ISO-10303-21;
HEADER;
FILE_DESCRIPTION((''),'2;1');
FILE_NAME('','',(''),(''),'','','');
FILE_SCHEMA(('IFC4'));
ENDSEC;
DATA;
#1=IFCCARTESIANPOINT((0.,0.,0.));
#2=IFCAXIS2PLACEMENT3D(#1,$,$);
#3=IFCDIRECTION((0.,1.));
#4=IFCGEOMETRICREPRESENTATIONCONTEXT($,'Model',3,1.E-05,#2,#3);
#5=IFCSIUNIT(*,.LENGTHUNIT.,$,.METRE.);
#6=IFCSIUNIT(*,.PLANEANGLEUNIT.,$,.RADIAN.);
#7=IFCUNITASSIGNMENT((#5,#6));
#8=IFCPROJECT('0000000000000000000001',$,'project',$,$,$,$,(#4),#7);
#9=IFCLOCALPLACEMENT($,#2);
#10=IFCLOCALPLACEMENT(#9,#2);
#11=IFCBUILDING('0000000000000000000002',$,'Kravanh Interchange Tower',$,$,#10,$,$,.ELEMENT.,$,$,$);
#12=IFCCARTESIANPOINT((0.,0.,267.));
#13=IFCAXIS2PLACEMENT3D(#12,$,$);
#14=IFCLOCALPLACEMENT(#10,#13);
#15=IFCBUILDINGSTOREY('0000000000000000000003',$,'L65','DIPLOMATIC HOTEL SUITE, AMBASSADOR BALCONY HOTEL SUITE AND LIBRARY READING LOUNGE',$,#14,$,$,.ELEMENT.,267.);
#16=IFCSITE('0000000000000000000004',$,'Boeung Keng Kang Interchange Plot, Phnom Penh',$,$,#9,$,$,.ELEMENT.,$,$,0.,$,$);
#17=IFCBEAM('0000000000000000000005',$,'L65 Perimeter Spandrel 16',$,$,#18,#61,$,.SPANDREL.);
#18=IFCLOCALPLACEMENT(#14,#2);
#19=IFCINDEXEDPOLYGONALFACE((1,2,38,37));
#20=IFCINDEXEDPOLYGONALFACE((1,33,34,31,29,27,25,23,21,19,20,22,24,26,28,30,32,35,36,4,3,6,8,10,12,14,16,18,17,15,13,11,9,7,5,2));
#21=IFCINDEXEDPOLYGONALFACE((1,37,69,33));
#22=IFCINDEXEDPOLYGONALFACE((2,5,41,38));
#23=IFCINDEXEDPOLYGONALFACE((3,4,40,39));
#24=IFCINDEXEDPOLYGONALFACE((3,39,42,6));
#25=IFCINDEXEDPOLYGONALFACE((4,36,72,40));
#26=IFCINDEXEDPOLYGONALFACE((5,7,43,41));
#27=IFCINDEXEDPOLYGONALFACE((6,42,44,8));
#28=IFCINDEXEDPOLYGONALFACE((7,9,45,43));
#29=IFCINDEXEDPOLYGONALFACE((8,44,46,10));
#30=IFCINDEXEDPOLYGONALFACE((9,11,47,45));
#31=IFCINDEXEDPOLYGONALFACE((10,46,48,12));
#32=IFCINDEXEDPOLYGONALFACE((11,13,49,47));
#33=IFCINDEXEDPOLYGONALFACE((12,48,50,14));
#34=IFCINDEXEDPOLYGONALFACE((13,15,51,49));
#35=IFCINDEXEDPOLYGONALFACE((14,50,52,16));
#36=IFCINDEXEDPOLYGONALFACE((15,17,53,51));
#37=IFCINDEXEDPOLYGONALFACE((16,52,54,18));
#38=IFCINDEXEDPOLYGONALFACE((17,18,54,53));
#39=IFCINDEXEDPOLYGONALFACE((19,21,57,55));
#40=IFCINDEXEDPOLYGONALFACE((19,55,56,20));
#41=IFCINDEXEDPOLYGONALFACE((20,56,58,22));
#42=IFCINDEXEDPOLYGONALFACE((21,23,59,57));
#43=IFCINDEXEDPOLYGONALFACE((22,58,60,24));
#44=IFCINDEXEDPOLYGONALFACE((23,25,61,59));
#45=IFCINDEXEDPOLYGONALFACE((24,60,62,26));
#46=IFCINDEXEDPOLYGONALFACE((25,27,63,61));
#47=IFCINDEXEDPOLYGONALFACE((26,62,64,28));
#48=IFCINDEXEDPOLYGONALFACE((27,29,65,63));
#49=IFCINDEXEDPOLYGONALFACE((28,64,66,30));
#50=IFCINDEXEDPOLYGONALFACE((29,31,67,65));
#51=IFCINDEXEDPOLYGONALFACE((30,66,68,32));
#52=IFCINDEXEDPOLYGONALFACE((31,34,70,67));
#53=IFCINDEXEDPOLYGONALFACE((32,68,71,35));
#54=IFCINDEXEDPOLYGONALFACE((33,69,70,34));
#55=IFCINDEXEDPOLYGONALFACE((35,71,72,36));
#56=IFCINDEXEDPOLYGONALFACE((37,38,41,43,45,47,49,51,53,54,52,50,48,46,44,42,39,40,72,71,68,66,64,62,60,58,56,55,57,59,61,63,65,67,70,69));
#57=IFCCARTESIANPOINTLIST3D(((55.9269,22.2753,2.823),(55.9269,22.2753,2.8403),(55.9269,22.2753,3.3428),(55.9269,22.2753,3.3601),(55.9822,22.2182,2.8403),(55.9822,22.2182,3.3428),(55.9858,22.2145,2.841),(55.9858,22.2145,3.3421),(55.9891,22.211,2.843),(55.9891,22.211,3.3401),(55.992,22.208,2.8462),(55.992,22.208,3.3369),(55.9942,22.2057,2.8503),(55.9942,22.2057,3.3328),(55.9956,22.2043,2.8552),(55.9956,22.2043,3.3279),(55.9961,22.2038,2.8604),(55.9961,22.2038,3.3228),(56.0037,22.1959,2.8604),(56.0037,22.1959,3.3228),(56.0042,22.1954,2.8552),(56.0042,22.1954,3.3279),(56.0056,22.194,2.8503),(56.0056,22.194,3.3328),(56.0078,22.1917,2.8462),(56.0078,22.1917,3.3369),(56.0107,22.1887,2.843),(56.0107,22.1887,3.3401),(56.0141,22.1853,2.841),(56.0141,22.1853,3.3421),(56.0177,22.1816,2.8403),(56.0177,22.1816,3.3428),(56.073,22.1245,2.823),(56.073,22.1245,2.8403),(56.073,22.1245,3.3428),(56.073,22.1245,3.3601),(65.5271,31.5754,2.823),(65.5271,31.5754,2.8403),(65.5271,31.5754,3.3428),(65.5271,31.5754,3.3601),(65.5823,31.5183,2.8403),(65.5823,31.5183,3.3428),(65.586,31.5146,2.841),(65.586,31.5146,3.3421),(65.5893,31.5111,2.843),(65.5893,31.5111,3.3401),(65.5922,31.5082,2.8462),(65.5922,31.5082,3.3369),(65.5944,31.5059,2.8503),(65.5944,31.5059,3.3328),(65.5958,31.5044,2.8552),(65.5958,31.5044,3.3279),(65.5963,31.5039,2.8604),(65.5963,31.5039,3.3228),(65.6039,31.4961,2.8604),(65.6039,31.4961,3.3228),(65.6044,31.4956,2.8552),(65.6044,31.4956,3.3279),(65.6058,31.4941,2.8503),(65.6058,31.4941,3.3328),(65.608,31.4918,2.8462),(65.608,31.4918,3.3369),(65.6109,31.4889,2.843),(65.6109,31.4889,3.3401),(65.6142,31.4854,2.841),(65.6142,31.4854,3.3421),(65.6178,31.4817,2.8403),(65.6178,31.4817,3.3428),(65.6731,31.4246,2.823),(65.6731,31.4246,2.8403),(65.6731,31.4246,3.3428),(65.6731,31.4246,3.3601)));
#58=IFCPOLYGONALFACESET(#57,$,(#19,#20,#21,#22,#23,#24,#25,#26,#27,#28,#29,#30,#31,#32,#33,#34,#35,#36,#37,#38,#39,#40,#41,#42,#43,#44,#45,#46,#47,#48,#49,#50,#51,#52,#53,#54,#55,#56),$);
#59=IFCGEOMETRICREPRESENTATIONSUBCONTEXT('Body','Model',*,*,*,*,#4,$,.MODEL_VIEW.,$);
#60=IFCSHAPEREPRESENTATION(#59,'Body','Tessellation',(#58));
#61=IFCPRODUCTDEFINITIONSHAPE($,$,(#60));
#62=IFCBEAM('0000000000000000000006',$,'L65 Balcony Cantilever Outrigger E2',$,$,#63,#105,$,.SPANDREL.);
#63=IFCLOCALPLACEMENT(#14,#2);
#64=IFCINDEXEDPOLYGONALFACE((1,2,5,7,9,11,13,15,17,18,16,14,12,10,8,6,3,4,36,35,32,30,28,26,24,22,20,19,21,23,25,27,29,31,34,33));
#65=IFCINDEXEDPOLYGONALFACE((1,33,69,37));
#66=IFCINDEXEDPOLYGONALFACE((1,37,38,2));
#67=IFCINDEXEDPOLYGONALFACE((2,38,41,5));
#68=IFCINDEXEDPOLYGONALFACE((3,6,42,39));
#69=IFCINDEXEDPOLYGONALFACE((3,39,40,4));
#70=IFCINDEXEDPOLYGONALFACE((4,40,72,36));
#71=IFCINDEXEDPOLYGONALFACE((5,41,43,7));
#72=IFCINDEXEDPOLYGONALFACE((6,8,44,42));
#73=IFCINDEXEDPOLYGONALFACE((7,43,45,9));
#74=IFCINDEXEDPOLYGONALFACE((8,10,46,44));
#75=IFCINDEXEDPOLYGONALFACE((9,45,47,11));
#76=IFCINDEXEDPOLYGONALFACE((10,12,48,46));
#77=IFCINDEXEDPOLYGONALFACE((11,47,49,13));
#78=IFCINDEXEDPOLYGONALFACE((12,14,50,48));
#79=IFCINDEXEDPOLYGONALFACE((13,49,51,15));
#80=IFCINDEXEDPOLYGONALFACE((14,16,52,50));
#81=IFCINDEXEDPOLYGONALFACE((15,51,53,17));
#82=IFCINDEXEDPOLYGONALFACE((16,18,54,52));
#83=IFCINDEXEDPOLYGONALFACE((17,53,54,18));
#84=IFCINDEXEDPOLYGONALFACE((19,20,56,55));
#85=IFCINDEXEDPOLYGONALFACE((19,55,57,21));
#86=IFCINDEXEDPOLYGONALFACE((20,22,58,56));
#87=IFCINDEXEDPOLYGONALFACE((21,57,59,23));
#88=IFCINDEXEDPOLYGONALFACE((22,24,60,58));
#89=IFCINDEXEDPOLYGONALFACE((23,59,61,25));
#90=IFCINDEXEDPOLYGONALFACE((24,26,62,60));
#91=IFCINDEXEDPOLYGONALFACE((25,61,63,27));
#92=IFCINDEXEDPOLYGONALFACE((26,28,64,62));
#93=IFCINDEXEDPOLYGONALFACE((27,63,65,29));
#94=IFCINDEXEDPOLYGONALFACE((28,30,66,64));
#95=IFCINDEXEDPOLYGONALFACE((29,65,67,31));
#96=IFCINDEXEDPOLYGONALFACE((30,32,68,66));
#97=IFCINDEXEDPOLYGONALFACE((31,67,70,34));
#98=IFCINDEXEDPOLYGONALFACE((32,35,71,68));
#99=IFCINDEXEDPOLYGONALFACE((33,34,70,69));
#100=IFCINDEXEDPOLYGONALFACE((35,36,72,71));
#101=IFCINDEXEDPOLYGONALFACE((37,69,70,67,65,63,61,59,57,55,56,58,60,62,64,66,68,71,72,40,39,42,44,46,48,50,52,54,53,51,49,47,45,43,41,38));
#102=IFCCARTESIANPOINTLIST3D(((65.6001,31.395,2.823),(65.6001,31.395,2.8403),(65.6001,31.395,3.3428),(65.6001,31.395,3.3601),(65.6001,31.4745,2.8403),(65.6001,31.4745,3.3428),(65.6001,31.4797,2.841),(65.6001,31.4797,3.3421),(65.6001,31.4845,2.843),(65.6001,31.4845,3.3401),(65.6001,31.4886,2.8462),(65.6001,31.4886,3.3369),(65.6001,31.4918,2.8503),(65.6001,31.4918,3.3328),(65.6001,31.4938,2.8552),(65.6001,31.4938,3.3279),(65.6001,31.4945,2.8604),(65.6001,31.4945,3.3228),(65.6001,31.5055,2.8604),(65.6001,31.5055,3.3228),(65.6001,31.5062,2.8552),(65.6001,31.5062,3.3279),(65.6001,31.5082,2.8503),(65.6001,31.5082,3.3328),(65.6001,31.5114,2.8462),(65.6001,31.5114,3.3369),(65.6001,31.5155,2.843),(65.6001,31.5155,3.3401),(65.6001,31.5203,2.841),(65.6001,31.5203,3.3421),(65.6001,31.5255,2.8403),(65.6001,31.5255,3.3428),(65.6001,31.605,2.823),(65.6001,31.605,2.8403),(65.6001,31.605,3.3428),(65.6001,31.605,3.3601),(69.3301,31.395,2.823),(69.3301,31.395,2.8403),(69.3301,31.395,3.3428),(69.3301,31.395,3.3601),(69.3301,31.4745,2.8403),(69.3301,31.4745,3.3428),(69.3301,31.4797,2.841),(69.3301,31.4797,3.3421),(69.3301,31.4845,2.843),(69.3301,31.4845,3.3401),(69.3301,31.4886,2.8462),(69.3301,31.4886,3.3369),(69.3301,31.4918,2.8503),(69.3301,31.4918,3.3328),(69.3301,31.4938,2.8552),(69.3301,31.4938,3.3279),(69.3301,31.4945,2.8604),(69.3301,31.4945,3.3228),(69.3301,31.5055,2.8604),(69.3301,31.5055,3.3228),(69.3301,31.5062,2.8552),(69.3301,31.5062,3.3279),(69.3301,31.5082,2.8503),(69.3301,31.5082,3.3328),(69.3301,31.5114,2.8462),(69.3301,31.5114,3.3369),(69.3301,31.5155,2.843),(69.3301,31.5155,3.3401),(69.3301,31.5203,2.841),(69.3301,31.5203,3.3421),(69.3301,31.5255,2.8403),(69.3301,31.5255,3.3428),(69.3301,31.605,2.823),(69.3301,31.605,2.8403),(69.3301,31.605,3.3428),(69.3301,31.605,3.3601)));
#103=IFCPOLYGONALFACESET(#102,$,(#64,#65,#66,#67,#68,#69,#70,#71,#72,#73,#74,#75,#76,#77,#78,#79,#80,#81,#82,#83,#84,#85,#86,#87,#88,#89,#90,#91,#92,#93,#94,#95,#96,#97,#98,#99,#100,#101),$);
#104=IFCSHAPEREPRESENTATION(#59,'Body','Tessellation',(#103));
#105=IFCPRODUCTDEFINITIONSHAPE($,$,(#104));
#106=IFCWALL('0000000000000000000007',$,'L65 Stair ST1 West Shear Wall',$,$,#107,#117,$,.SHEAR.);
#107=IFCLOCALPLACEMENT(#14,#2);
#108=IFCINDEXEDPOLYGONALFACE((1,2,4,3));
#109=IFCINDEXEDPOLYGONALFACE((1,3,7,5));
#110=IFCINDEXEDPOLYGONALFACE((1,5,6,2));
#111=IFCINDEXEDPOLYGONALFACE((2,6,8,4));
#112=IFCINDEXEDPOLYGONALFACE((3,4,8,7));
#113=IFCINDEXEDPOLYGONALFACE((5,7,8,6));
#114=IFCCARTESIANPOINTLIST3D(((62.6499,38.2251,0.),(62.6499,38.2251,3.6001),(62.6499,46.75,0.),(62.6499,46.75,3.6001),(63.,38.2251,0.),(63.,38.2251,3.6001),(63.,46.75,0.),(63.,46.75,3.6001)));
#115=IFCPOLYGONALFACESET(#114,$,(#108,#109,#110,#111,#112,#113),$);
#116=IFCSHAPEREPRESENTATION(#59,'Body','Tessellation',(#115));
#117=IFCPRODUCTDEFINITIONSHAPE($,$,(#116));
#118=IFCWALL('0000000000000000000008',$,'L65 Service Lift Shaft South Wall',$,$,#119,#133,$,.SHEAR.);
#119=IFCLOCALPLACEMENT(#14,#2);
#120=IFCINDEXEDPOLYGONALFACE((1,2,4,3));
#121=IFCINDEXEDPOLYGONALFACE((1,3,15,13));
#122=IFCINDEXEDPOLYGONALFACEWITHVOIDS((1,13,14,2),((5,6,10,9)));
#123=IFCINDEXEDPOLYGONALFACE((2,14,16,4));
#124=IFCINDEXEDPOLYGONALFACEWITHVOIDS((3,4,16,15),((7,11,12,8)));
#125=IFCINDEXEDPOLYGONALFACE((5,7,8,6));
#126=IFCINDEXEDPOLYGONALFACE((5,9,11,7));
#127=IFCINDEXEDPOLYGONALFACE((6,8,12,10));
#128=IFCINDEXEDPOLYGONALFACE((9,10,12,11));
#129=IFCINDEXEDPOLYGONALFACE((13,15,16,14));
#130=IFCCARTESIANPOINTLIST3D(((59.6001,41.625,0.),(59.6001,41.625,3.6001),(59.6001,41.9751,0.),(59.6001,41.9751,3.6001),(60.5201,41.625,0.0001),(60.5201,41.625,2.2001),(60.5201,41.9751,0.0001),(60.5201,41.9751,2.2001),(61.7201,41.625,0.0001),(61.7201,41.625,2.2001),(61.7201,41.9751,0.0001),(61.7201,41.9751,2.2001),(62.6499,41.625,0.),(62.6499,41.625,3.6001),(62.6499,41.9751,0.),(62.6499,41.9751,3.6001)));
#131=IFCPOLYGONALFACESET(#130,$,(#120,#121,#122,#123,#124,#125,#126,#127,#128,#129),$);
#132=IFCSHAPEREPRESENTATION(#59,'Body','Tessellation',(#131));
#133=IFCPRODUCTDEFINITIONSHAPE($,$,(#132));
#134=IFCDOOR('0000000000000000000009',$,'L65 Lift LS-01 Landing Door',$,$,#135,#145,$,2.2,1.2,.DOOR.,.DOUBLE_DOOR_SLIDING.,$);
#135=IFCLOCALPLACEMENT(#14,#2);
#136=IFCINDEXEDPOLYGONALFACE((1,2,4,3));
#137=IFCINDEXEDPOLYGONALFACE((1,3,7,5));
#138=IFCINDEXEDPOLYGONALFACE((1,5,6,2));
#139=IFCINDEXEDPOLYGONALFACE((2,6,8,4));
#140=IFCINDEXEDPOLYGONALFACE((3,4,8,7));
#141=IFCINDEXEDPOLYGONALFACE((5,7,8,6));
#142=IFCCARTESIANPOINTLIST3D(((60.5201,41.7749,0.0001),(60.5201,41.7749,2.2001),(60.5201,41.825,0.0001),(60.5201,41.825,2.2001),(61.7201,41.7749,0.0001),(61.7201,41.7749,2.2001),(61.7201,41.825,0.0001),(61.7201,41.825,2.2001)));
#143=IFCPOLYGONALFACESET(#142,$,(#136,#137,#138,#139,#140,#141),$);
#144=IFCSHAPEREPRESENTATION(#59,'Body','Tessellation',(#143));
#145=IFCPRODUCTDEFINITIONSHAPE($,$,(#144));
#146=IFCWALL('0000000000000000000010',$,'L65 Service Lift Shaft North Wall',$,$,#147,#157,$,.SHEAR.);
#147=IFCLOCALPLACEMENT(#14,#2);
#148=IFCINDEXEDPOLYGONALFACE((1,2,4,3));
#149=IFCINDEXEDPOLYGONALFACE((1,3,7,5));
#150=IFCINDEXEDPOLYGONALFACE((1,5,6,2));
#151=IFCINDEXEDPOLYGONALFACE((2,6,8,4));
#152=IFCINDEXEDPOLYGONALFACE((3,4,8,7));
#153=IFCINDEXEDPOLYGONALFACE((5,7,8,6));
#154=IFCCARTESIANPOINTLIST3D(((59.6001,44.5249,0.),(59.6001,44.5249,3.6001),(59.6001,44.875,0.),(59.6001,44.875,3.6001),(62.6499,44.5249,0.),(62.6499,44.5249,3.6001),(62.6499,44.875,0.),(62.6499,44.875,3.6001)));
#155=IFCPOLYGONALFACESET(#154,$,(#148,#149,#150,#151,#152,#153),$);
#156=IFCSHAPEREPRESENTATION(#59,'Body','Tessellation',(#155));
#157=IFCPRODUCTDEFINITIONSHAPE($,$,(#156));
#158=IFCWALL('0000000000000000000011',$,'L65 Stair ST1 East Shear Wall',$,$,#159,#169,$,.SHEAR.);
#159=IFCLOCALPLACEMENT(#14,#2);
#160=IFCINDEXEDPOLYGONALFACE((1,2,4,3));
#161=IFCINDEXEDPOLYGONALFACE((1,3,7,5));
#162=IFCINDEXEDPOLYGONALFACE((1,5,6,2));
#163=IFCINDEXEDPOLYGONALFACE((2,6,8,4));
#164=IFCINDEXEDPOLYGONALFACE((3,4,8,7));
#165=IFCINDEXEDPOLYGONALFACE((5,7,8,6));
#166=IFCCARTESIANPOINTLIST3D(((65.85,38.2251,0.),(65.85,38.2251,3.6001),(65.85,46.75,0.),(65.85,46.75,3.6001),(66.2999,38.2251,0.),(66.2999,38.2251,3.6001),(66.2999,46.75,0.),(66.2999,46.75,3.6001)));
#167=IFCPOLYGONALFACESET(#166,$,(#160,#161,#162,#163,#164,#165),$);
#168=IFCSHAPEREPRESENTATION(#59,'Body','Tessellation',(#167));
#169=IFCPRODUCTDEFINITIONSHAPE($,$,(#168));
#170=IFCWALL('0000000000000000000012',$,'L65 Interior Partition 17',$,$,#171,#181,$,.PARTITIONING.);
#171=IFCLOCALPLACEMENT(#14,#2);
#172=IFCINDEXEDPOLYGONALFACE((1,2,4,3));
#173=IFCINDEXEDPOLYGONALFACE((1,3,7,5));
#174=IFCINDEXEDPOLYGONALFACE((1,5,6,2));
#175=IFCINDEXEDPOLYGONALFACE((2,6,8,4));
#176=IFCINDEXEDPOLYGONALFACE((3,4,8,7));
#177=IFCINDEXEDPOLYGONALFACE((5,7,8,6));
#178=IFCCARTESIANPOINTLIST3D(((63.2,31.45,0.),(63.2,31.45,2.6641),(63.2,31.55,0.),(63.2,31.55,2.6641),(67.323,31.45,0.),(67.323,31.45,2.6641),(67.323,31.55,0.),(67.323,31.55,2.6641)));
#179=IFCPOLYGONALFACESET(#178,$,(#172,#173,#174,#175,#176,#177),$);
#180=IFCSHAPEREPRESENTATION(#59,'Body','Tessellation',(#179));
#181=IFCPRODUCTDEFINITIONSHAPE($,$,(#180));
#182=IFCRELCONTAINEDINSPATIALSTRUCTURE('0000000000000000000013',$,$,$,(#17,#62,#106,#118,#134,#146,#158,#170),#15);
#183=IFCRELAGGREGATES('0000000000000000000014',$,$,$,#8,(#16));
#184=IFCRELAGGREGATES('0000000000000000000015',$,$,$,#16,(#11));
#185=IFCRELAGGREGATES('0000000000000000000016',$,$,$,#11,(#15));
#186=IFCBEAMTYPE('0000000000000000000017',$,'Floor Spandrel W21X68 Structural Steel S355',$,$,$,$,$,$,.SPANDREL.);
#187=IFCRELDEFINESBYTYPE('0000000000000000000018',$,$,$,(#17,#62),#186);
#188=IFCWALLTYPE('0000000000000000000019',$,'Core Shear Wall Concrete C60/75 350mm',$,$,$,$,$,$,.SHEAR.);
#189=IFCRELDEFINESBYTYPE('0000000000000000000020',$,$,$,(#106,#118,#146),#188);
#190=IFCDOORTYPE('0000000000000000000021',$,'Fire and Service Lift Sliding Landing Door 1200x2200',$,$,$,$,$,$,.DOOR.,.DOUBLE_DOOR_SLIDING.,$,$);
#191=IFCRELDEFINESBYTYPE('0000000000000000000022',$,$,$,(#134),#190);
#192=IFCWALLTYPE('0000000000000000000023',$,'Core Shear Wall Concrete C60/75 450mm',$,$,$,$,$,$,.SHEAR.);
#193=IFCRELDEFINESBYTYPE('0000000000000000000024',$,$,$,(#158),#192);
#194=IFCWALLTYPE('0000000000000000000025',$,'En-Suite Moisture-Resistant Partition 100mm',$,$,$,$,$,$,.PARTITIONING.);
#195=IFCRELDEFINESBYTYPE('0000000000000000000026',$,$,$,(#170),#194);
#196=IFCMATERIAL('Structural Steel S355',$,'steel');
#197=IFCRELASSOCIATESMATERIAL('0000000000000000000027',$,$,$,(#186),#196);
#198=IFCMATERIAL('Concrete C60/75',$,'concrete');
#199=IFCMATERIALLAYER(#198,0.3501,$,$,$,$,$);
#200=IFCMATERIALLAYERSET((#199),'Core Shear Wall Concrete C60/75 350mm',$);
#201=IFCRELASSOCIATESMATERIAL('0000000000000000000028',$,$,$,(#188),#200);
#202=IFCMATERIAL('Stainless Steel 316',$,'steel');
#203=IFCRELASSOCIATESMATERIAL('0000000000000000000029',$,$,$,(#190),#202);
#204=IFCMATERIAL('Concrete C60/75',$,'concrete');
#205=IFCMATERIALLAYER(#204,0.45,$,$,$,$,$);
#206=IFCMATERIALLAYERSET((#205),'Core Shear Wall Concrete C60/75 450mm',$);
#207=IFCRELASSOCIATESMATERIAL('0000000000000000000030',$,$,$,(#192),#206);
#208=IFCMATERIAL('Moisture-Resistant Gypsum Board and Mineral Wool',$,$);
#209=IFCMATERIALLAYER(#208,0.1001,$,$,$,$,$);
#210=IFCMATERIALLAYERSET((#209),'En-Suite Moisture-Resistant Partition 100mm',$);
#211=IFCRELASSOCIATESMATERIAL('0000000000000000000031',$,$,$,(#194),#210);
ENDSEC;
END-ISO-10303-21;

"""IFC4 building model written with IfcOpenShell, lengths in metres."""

from ifc_helpers import new_model, si_unit, direction, frame, frame_2d, origin, origin_2d, place, context, subcontext, project, spatial, rectangle, i_section, extrude, material, layer, layer_set, material_profile, profile_set, type_object, element, fill, save


model = new_model("IFC4")

# Units and contexts
model_context = context("Model", 3, precision=1e-05, world=origin(), true_north=direction((0.0, 1.0)))
body_context = subcontext(model_context, "Body", "Model", "MODEL_VIEW")
ifc_project = project(units=[si_unit("LENGTHUNIT", "METRE"), si_unit("PLANEANGLEUNIT", "RADIAN")], contexts=[model_context])

# Site, building, storey
site_placement = place(None, origin())
site = spatial("IfcSite", under=ifc_project, at=site_placement, Name="Boeung Keng Kang Interchange Plot, Phnom Penh", CompositionType="ELEMENT", RefElevation=0.0)
building_placement = place(site_placement, origin())
building = spatial("IfcBuilding", under=site, at=building_placement, Name="Kravanh Interchange Tower", CompositionType="ELEMENT")
storey_placement = place(building_placement, frame((0.0, 0.0, 267.0)))
storey = spatial("IfcBuildingStorey", under=building, at=storey_placement, Name="L65", Description="DIPLOMATIC HOTEL SUITE, AMBASSADOR BALCONY HOTEL SUITE AND LIBRARY READING LOUNGE", CompositionType="ELEMENT", Elevation=267.0)

# Beams
ifc_material_1 = material(Name="Structural Steel S355", Category="steel")
ifc_material_profile_1 = material_profile(ifc_material_1, i_section(OverallWidth=0.21, OverallDepth=0.5371, WebThickness=0.011, FlangeThickness=0.0173, FilletRadius=0.02, at=origin_2d()), Name="W21X68")
ifc_profile_set_1 = profile_set([ifc_material_profile_1], Name="Structural Steel S355")
beam_type_1 = type_object("IfcBeamType", Name="Floor Spandrel W21X68 Structural Steel S355", PredefinedType="SPANDREL", material=ifc_profile_set_1)
beam_1_placement = place(storey_placement, frame((65.6001, 31.5, 3.0916), z_axis=(-0.718242, -0.695793, 0.0), x_axis=(0.695793, -0.718242, 0.0)))
element("IfcBeam", 1, at=beam_1_placement, inside=storey, type_object=beam_type_1, Name="L65 Perimeter Spandrel 16", PredefinedType="SPANDREL", context=body_context, shape_type="SweptSolid", body=[
    extrude(i_section(OverallWidth=0.21, OverallDepth=0.5371, WebThickness=0.011, FlangeThickness=0.0173, FilletRadius=0.02, at=origin_2d()), origin(), (0.0, 0.0, 1.0), 13.3662),
])
beam_2_placement = place(storey_placement, frame((65.6001, 31.5, 3.0916), z_axis=(1.0, 0.0, 0.0), x_axis=(0.0, 1.0, 0.0)))
element("IfcBeam", 2, at=beam_2_placement, inside=storey, type_object=beam_type_1, Name="L65 Balcony Cantilever Outrigger E2", PredefinedType="SPANDREL", context=body_context, shape_type="SweptSolid", body=[
    extrude(i_section(OverallWidth=0.21, OverallDepth=0.5371, WebThickness=0.011, FlangeThickness=0.0173, FilletRadius=0.02, at=origin_2d()), origin(), (0.0, 0.0, 1.0), 3.73),
])

# Wall
ifc_material_2 = material(Name="Concrete C60/75", Category="concrete")
ifc_layer_1 = layer(ifc_material_2, 0.3501)
ifc_layer_set_1 = layer_set([ifc_layer_1], Name="Core Shear Wall Concrete C60/75 350mm")
wall_type_1 = type_object("IfcWallType", Name="Core Shear Wall Concrete C60/75 350mm", PredefinedType="SHEAR", material=ifc_layer_set_1)
wall_1_placement = place(storey_placement, frame((62.825, 38.2251, 0.0), z_axis=(0.0, 0.0, 1.0), x_axis=(0.0, 1.0, 0.0)))
element("IfcWall", 3, at=wall_1_placement, inside=storey, type_object=wall_type_1, Name="L65 Stair ST1 West Shear Wall", PredefinedType="SHEAR", context=body_context, shape_type="SweptSolid", body=[
    extrude(rectangle(XDim=8.5249, YDim=0.3501, at=frame_2d((4.2625, 0.0))), origin(), (0.0, 0.0, 1.0), 3.6001),
])

# Wall, opening, door
wall_2_placement = place(storey_placement, frame((59.6001, 41.8, 0.0), z_axis=(0.0, 0.0, 1.0), x_axis=(1.0, 0.0, 0.0)))
wall_2 = element("IfcWall", 4, at=wall_2_placement, inside=storey, type_object=wall_type_1, Name="L65 Service Lift Shaft South Wall", PredefinedType="SHEAR", context=body_context, shape_type="SweptSolid", body=[
    extrude(rectangle(XDim=3.0498, YDim=0.3501, at=frame_2d((1.5249, 0.0))), origin(), (0.0, 0.0, 1.0), 3.6001),
])
opening_1_placement = place(wall_2_placement, frame((0.9199, 0.0, 0.0)))
opening_1 = element("IfcOpeningElement", 5, at=opening_1_placement, cuts=wall_2, PredefinedType="OPENING", context=body_context, shape_type="SweptSolid", body=[
    extrude(rectangle(XDim=1.2, YDim=2.2, at=frame_2d((0.6001, 1.1001))), frame((0.0, 0.1851, 0.0), z_axis=(0.0, -1.0, 0.0), x_axis=(1.0, 0.0, 0.0)), (0.0, 0.0, 1.0), 0.3701),
])
ifc_material_3 = material(Name="Stainless Steel 316", Category="steel")
door_type_1 = type_object("IfcDoorType", Name="Fire and Service Lift Sliding Landing Door 1200x2200", OperationType="DOUBLE_DOOR_SLIDING", PredefinedType="DOOR", material=ifc_material_3)
door_1_placement = place(opening_1_placement, origin())
door_1 = element("IfcDoor", 6, at=door_1_placement, inside=storey, type_object=door_type_1, Name="L65 Lift LS-01 Landing Door", OperationType="DOUBLE_DOOR_SLIDING", OverallHeight=2.2, OverallWidth=1.2, PredefinedType="DOOR", context=body_context, shape_type="SweptSolid", body=[
    extrude(rectangle(XDim=1.2, YDim=2.2, at=frame_2d((0.6001, 1.1001))), frame((0.0, 0.0249, 0.0), z_axis=(0.0, -1.0, 0.0), x_axis=(1.0, 0.0, 0.0)), (0.0, 0.0, 1.0), 0.05),
])
fill(opening_1, door_1)

# Walls
wall_3_placement = place(storey_placement, frame((59.6001, 44.7, 0.0), z_axis=(0.0, 0.0, 1.0), x_axis=(1.0, 0.0, 0.0)))
element("IfcWall", 7, at=wall_3_placement, inside=storey, type_object=wall_type_1, Name="L65 Service Lift Shaft North Wall", PredefinedType="SHEAR", context=body_context, shape_type="SweptSolid", body=[
    extrude(rectangle(XDim=3.0498, YDim=0.3501, at=frame_2d((1.5249, 0.0))), origin(), (0.0, 0.0, 1.0), 3.6001),
])
ifc_material_4 = material(Name="Concrete C60/75", Category="concrete")
ifc_layer_2 = layer(ifc_material_4, 0.45)
ifc_layer_set_2 = layer_set([ifc_layer_2], Name="Core Shear Wall Concrete C60/75 450mm")
wall_type_2 = type_object("IfcWallType", Name="Core Shear Wall Concrete C60/75 450mm", PredefinedType="SHEAR", material=ifc_layer_set_2)
wall_4_placement = place(storey_placement, frame((66.075, 38.2251, 0.0), z_axis=(0.0, 0.0, 1.0), x_axis=(0.0, 1.0, 0.0)))
element("IfcWall", 8, at=wall_4_placement, inside=storey, type_object=wall_type_2, Name="L65 Stair ST1 East Shear Wall", PredefinedType="SHEAR", context=body_context, shape_type="SweptSolid", body=[
    extrude(rectangle(XDim=8.5249, YDim=0.45, at=frame_2d((4.2625, 0.0))), origin(), (0.0, 0.0, 1.0), 3.6001),
])
ifc_material_5 = material(Name="Moisture-Resistant Gypsum Board and Mineral Wool")
ifc_layer_3 = layer(ifc_material_5, 0.1001)
ifc_layer_set_3 = layer_set([ifc_layer_3], Name="En-Suite Moisture-Resistant Partition 100mm")
wall_type_3 = type_object("IfcWallType", Name="En-Suite Moisture-Resistant Partition 100mm", PredefinedType="PARTITIONING", material=ifc_layer_set_3)
wall_5_placement = place(storey_placement, frame((63.2, 31.5, 0.0), z_axis=(0.0, 0.0, 1.0), x_axis=(1.0, 0.0, 0.0)))
element("IfcWall", 9, at=wall_5_placement, inside=storey, type_object=wall_type_3, Name="L65 Interior Partition 17", PredefinedType="PARTITIONING", context=body_context, shape_type="SweptSolid", body=[
    extrude(rectangle(XDim=4.123, YDim=0.1001, at=frame_2d((2.0615, 0.0))), origin(), (0.0, 0.0, 1.0), 2.6641),
])

save(model, "model.ifc")
